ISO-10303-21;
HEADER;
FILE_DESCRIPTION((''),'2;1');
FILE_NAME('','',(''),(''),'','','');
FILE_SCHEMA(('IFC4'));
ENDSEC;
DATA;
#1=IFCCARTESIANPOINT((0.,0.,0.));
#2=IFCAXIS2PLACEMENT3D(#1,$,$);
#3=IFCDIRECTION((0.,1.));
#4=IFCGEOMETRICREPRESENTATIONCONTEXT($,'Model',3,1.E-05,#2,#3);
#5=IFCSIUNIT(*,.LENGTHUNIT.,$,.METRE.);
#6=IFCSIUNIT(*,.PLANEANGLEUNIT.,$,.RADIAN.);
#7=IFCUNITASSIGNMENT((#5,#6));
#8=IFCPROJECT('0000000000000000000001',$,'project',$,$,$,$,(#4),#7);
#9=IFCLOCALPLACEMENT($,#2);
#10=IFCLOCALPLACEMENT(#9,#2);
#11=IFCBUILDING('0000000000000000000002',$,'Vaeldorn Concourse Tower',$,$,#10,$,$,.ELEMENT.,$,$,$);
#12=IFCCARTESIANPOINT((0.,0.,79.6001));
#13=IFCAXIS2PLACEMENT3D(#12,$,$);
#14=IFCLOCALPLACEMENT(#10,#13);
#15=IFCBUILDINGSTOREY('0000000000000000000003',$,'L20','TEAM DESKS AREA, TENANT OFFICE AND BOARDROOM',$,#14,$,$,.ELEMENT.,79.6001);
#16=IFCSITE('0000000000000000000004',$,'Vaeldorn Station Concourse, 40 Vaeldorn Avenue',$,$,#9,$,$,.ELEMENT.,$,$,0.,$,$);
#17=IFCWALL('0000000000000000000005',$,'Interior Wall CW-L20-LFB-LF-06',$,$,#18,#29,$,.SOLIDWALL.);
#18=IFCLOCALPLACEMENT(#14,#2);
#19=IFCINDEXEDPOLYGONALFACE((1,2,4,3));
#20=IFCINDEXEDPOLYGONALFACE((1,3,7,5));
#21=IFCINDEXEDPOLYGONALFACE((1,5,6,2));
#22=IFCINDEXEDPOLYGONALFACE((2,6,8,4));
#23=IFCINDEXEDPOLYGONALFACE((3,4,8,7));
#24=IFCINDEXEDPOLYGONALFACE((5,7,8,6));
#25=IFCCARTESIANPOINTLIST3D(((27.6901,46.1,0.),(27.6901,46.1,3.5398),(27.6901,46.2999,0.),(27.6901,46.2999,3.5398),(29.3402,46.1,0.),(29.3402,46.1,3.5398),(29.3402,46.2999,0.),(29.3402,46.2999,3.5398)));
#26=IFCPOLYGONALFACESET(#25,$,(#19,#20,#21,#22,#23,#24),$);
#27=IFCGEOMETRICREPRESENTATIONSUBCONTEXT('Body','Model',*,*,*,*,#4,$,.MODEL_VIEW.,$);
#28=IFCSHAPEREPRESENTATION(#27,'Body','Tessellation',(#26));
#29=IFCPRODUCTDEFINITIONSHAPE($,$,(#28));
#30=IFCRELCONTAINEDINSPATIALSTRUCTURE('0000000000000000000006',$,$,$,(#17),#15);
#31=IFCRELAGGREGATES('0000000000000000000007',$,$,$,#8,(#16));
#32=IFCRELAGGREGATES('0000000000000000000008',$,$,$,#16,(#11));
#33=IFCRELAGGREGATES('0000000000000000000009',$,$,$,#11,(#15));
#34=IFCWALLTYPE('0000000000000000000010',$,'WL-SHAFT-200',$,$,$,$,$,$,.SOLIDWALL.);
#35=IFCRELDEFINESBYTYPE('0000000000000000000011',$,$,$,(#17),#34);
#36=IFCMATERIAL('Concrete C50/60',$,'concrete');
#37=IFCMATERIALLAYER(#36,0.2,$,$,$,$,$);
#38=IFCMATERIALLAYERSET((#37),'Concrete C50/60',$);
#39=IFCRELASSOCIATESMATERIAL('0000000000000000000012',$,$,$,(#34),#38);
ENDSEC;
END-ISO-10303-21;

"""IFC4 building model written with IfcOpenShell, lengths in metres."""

from ifc_helpers import new_model, si_unit, direction, frame, frame_2d, origin, place, context, subcontext, project, spatial, rectangle, extrude, material, layer, layer_set, type_object, element, save


model = new_model("IFC4")

# Units and contexts
model_context = context("Model", 3, precision=1e-05, world=origin(), true_north=direction((0.0, 1.0)))
body_context = subcontext(model_context, "Body", "Model", "MODEL_VIEW")
ifc_project = project(units=[si_unit("LENGTHUNIT", "METRE"), si_unit("PLANEANGLEUNIT", "RADIAN")], contexts=[model_context])

# Site, building, storey
site_placement = place(None, origin())
site = spatial("IfcSite", under=ifc_project, at=site_placement, Name="Vaeldorn Station Concourse, 40 Vaeldorn Avenue", CompositionType="ELEMENT", RefElevation=0.0)
building_placement = place(site_placement, origin())
building = spatial("IfcBuilding", under=site, at=building_placement, Name="Vaeldorn Concourse Tower", CompositionType="ELEMENT")
storey_placement = place(building_placement, frame((0.0, 0.0, 79.6001)))
storey = spatial("IfcBuildingStorey", under=building, at=storey_placement, Name="L20", Description="TEAM DESKS AREA, TENANT OFFICE AND BOARDROOM", CompositionType="ELEMENT", Elevation=79.6001)

# Shared definitions
ifc_material_1 = material(Name="Concrete C50/60", Category="concrete")
ifc_layer_1 = layer(ifc_material_1, 0.2)
ifc_layer_set_1 = layer_set([ifc_layer_1], Name="Concrete C50/60")
wall_type_1 = type_object("IfcWallType", Name="WL-SHAFT-200", PredefinedType="SOLIDWALL", material=ifc_layer_set_1)

# Wall
wall_1_placement = place(storey_placement, frame((27.6899, 46.2, 0.0), z_axis=(0.0, 0.0, 1.0), x_axis=(1.0, 0.0, 0.0)))
element("IfcWall", 1, at=wall_1_placement, inside=storey, type_object=wall_type_1, Name="Interior Wall CW-L20-LFB-LF-06", PredefinedType="SOLIDWALL", context=body_context, shape_type="SweptSolid", body=[
    extrude(rectangle(XDim=1.6501, YDim=0.2, at=frame_2d((0.8252, 0.0))), origin(), (0.0, 0.0, 1.0), 3.5398),
])

save(model, "model.ifc")
